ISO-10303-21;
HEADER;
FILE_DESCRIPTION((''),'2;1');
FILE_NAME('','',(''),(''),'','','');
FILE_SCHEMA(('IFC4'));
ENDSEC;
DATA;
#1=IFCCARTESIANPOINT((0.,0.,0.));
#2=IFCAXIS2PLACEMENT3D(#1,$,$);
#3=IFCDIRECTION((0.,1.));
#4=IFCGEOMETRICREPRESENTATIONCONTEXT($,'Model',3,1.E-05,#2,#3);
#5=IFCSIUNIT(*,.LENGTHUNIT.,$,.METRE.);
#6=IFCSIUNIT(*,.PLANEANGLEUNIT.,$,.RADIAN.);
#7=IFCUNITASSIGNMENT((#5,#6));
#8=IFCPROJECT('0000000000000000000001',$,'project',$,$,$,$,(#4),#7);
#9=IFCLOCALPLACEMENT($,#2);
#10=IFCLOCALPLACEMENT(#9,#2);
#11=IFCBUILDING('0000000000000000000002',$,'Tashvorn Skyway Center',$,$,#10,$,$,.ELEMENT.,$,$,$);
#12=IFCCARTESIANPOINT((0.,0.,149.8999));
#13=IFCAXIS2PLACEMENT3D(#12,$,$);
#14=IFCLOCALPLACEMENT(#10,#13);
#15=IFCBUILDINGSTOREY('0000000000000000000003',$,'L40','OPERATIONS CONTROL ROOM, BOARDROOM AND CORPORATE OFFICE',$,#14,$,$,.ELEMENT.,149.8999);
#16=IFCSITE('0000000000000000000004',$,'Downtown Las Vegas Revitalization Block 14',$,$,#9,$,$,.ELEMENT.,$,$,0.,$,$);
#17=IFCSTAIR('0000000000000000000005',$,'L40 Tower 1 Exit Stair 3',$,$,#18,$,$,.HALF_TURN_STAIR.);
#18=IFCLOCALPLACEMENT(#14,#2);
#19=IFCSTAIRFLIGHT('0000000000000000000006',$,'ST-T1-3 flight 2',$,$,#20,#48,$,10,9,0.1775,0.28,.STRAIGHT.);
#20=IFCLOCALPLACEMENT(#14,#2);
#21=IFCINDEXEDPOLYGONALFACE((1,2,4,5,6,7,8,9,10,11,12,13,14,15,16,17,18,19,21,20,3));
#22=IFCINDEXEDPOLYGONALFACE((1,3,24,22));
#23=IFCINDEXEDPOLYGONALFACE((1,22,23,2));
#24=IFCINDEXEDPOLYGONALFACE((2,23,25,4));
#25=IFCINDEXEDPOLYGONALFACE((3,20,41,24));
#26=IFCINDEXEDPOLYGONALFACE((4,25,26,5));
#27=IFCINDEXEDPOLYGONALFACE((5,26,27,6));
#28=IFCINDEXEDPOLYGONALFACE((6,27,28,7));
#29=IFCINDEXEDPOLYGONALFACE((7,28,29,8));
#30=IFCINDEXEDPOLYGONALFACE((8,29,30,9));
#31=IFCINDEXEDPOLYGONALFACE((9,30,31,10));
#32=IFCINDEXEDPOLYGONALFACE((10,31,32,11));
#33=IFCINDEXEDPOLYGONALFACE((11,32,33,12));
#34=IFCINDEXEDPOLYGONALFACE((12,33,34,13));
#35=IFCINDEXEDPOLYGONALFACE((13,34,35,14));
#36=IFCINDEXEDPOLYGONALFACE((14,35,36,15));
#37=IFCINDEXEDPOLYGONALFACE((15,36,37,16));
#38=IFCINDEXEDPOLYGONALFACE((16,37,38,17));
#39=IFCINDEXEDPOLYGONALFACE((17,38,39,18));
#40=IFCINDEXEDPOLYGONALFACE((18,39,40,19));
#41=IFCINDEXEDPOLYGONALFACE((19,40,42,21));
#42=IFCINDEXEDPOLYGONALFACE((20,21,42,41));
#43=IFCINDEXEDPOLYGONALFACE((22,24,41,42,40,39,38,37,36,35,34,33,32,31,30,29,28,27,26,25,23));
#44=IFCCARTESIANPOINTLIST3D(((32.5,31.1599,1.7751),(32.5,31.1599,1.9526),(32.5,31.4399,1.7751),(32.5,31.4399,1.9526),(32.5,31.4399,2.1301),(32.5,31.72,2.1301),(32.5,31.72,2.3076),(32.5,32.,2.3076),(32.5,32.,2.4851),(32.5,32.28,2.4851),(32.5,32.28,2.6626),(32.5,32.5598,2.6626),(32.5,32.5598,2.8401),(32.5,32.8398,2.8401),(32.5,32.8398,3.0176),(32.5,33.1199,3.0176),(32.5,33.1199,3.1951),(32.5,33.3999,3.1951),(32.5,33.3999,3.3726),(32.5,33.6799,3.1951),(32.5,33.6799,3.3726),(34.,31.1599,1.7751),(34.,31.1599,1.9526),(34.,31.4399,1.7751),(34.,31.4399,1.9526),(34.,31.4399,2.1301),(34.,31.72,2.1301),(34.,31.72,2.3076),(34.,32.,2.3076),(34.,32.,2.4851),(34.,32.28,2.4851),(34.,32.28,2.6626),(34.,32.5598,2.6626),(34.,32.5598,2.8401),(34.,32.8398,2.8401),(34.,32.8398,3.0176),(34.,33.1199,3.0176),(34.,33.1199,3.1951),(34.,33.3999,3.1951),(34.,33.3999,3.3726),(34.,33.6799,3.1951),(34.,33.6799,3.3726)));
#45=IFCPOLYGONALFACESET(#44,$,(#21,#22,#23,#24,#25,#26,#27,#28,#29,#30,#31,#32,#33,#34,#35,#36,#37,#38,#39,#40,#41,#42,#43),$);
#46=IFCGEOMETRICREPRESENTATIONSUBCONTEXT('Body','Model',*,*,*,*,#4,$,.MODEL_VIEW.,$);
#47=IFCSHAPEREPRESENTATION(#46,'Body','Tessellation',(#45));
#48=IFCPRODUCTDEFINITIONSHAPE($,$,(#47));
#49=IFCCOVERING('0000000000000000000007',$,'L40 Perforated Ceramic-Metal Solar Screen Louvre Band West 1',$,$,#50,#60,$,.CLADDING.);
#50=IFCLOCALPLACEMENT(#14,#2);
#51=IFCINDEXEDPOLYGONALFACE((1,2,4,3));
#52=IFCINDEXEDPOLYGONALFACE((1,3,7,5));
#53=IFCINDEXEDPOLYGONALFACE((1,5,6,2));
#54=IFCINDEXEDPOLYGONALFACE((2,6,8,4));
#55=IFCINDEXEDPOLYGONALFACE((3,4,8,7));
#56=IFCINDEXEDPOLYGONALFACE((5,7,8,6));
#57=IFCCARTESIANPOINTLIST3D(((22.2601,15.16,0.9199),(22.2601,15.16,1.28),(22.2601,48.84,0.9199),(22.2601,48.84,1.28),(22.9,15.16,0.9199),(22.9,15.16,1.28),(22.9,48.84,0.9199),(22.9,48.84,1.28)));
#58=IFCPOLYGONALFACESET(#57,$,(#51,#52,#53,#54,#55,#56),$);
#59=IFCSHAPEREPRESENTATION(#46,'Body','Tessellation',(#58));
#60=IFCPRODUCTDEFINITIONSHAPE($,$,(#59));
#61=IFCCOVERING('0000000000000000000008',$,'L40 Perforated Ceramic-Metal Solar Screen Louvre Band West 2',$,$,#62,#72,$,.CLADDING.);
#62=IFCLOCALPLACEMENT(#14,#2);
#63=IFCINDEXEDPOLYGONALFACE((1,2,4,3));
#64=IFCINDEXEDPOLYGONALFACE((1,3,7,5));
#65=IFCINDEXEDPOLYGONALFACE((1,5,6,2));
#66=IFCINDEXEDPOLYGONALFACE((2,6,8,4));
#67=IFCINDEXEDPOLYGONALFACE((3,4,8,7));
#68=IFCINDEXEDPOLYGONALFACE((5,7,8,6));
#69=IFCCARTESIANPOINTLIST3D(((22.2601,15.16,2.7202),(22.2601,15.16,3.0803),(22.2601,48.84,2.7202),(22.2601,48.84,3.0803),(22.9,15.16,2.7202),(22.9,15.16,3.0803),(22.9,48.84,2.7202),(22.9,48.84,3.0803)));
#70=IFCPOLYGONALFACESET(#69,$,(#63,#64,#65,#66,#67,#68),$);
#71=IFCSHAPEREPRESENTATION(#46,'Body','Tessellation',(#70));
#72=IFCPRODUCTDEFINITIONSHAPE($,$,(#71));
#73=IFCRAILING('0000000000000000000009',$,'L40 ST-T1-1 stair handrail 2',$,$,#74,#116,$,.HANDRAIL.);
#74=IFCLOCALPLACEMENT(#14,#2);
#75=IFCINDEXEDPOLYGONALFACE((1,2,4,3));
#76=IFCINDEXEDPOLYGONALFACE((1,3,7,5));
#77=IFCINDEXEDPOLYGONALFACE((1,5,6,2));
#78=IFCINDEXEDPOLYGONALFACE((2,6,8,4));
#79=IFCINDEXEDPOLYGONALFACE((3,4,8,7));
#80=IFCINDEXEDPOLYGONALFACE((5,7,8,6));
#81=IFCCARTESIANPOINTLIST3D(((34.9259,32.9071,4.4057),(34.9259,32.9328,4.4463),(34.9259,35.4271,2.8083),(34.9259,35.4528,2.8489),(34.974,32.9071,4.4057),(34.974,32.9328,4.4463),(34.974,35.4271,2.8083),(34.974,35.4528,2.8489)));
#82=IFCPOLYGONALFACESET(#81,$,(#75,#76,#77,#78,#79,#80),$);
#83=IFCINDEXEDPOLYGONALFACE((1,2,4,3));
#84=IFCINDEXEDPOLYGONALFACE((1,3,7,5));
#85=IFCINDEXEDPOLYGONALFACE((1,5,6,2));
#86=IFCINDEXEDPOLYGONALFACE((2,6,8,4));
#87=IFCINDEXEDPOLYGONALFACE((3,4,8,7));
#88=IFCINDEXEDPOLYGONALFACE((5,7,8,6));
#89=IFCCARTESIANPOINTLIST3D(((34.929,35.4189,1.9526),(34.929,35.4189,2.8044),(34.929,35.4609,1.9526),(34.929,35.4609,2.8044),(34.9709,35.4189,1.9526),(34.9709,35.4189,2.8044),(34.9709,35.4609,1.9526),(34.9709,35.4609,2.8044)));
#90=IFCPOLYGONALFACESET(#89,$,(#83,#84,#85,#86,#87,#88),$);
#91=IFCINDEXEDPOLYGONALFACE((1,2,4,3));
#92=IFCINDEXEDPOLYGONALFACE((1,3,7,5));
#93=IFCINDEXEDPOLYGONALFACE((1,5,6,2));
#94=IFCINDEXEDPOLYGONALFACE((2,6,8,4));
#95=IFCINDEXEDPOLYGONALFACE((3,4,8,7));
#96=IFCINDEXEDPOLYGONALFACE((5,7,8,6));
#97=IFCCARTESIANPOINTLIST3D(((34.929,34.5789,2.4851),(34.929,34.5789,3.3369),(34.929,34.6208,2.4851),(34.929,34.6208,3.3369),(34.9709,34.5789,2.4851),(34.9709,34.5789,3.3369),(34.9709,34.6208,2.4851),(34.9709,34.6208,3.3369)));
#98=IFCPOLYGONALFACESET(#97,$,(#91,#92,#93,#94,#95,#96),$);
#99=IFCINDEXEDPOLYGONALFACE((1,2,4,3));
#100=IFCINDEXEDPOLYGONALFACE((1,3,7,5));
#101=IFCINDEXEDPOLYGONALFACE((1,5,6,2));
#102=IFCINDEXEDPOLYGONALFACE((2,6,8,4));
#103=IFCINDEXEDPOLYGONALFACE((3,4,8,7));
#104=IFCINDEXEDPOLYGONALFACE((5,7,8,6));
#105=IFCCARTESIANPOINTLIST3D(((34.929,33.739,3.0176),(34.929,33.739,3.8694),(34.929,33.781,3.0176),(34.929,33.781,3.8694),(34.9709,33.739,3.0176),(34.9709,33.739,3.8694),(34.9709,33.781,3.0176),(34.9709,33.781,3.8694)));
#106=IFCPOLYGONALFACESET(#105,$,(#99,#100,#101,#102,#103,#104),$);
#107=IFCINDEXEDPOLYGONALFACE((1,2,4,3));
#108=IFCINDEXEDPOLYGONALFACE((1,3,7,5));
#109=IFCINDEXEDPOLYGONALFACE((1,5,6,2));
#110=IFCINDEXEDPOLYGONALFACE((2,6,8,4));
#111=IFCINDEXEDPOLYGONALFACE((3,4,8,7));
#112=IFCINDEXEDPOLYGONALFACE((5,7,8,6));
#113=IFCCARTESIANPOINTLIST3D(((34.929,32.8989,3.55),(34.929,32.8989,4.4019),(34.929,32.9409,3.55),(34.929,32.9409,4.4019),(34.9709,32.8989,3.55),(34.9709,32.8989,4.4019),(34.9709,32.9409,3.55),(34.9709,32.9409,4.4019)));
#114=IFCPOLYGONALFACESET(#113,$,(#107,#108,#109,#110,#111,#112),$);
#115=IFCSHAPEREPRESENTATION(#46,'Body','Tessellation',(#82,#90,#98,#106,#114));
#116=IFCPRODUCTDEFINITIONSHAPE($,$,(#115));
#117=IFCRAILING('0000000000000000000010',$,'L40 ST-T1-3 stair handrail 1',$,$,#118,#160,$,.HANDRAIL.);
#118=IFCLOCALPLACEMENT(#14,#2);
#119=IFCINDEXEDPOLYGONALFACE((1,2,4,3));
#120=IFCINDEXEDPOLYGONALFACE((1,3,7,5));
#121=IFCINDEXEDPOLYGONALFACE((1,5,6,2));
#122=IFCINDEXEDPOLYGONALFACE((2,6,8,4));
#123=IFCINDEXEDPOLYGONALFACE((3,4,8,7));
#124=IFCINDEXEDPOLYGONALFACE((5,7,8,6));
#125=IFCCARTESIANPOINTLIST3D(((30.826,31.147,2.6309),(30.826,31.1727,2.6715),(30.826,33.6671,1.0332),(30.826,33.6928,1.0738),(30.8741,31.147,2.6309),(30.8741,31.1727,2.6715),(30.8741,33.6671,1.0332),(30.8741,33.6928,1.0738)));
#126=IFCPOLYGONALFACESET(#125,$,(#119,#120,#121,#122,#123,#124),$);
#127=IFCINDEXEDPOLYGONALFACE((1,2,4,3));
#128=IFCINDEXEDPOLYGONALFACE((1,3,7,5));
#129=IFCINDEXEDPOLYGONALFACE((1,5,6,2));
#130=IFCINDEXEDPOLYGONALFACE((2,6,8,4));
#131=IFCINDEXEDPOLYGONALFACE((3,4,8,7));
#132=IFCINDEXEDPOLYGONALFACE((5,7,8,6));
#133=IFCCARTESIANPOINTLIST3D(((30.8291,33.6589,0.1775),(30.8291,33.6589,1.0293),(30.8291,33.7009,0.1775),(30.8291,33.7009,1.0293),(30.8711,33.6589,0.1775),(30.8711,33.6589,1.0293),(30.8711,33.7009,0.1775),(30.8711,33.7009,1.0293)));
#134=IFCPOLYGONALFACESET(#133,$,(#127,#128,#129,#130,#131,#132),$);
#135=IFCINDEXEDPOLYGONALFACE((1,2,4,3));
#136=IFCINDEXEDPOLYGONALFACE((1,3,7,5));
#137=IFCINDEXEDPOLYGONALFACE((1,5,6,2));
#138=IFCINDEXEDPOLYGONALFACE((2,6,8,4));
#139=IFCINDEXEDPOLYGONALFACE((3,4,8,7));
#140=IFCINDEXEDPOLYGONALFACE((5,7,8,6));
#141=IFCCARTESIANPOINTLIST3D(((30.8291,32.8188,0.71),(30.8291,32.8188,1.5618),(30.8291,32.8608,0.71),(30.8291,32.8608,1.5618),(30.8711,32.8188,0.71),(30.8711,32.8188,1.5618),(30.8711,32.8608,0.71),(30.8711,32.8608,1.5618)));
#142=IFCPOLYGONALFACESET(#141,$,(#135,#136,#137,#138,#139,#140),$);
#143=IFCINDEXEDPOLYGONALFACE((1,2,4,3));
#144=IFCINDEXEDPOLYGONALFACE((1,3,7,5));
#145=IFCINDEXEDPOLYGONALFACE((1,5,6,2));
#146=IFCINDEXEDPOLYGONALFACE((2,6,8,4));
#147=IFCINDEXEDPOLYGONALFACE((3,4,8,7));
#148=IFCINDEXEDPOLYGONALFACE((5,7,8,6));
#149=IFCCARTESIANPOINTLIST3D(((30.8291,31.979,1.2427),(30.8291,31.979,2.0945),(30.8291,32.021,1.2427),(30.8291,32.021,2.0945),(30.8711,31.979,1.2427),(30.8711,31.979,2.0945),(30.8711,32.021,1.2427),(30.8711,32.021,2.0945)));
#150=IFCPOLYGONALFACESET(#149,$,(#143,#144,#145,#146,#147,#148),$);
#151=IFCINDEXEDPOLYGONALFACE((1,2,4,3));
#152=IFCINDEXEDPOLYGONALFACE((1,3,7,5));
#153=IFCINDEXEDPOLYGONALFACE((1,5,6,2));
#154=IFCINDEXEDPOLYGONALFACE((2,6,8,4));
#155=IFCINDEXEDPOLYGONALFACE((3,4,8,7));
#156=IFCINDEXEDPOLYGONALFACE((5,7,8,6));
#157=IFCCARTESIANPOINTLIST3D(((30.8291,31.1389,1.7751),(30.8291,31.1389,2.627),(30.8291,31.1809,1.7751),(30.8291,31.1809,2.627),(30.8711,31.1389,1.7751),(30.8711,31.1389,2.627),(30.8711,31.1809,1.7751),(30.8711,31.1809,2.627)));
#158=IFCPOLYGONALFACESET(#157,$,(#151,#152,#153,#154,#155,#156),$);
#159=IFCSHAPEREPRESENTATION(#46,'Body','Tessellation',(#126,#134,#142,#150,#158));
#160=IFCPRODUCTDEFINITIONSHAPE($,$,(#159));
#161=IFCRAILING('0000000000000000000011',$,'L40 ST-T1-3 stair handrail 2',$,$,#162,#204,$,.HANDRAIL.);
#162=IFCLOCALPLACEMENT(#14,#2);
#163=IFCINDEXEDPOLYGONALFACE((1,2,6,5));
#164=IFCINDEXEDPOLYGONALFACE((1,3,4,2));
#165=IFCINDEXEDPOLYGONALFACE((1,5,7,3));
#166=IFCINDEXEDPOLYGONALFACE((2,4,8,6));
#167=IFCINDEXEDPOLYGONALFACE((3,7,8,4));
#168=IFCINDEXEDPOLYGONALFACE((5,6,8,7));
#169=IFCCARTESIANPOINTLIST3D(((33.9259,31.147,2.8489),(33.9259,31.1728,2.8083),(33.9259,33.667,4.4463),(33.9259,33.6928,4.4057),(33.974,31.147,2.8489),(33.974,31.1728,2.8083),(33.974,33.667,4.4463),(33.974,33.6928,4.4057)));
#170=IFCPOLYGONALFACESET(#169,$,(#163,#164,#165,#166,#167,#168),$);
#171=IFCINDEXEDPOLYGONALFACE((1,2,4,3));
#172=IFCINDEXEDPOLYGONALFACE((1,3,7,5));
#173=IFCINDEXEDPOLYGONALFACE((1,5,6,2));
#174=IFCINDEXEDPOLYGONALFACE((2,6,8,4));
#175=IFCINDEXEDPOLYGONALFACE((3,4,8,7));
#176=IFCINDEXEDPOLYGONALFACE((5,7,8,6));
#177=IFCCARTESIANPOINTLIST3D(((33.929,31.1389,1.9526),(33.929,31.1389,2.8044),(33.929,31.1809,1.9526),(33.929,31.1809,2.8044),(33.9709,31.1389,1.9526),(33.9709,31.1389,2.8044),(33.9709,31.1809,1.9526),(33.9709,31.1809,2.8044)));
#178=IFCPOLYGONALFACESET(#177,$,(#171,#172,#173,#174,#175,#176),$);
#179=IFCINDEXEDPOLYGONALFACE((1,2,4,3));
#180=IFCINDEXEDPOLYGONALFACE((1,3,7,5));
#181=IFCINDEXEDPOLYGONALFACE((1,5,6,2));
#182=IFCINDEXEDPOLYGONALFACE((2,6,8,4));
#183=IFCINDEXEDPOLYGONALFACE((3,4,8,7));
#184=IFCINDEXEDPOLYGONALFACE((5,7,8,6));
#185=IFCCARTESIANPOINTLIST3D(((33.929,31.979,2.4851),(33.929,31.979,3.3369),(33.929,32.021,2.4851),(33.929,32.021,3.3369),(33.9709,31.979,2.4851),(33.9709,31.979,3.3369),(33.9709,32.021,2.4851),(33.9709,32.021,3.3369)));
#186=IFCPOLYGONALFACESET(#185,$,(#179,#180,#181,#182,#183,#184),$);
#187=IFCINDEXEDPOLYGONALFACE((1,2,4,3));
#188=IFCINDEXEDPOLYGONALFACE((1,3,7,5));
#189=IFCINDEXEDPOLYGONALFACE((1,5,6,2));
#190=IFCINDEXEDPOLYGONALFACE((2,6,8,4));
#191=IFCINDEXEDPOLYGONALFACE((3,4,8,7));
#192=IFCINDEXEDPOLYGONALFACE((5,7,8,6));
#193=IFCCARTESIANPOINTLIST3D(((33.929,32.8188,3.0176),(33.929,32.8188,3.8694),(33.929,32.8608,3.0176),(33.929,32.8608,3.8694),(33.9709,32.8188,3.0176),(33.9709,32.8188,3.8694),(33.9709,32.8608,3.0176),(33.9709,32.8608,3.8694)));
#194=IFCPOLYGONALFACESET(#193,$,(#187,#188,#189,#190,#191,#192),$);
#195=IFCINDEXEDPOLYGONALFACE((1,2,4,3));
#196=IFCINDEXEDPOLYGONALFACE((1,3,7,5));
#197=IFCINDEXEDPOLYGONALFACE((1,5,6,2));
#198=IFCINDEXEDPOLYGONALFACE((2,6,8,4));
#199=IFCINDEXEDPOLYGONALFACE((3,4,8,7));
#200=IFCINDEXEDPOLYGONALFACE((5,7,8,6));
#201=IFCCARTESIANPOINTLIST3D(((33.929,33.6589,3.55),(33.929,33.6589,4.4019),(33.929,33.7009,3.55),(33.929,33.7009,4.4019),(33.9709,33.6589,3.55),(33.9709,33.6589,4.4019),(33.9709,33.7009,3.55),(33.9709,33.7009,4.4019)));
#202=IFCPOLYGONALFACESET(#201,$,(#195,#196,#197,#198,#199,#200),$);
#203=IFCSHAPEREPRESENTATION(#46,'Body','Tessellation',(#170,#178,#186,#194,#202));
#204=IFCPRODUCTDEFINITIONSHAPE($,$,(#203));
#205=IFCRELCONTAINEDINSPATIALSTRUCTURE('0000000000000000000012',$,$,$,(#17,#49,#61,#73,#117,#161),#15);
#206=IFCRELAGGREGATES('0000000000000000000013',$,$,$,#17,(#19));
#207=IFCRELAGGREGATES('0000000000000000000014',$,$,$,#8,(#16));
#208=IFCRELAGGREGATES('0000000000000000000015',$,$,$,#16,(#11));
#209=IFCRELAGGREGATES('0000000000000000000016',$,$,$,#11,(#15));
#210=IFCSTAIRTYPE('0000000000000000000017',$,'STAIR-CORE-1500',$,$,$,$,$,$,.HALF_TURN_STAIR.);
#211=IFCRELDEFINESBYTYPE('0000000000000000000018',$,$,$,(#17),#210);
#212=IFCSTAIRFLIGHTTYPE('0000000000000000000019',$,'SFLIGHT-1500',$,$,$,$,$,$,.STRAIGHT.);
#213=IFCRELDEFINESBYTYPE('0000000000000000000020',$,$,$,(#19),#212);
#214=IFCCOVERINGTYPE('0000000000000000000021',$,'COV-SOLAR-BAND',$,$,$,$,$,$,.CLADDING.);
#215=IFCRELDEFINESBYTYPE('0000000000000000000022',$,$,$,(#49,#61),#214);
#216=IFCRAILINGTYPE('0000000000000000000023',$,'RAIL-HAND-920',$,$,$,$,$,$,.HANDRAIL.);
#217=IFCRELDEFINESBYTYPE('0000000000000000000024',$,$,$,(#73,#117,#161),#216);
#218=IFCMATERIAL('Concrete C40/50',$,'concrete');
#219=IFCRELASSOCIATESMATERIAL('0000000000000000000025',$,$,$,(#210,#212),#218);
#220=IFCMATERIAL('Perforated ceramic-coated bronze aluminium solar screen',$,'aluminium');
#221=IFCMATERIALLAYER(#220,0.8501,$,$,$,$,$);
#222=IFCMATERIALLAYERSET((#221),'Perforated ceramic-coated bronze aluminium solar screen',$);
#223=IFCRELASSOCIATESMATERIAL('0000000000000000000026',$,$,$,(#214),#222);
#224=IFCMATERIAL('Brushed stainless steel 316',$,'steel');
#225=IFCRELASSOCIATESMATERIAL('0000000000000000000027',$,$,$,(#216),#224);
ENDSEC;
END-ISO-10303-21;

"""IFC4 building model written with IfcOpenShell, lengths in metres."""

from ifc_helpers import new_model, si_unit, direction, frame, origin, origin_2d, place, context, subcontext, project, spatial, polyline, rectangle, outline, extrude, material, layer, layer_set, type_object, element, aggregate, save


model = new_model("IFC4")

# Units and contexts
model_context = context("Model", 3, precision=1e-05, world=origin(), true_north=direction((0.0, 1.0)))
body_context = subcontext(model_context, "Body", "Model", "MODEL_VIEW")
ifc_project = project(units=[si_unit("LENGTHUNIT", "METRE"), si_unit("PLANEANGLEUNIT", "RADIAN")], contexts=[model_context])

# Site, building, storey
site_placement = place(None, origin())
site = spatial("IfcSite", under=ifc_project, at=site_placement, Name="Downtown Las Vegas Revitalization Block 14", CompositionType="ELEMENT", RefElevation=0.0)
building_placement = place(site_placement, origin())
building = spatial("IfcBuilding", under=site, at=building_placement, Name="Tashvorn Skyway Center", CompositionType="ELEMENT")
storey_placement = place(building_placement, frame((0.0, 0.0, 149.8999)))
storey = spatial("IfcBuildingStorey", under=building, at=storey_placement, Name="L40", Description="OPERATIONS CONTROL ROOM, BOARDROOM AND CORPORATE OFFICE", CompositionType="ELEMENT", Elevation=149.8999)

# Shared definitions
ifc_material_1 = material(Name="Concrete C40/50", Category="concrete")

# Shared definitions
stair_type = type_object("IfcStairType", Name="STAIR-CORE-1500", PredefinedType="HALF_TURN_STAIR", material=ifc_material_1)
stair_flight_type = type_object("IfcStairFlightType", Name="SFLIGHT-1500", PredefinedType="STRAIGHT", material=ifc_material_1)

# Stair, stair flight
stair_1_placement = place(storey_placement, origin())
stair_1 = element("IfcStair", 1, at=stair_1_placement, inside=storey, type_object=stair_type, Name="L40 Tower 1 Exit Stair 3", PredefinedType="HALF_TURN_STAIR")
stair_flight_1_placement = place(storey_placement, frame((33.25, 31.1599, 1.7751), z_axis=(0.0, 0.0, 1.0), x_axis=(0.0, 1.0, 0.0)))
stair_flight_1 = element("IfcStairFlight", 2, at=stair_flight_1_placement, type_object=stair_flight_type, Name="ST-T1-3 flight 2", NumberOfRisers=10, NumberOfTreads=9, PredefinedType="STRAIGHT", RiserHeight=0.1775, TreadLength=0.28, context=body_context, shape_type="SweptSolid", body=[
    extrude(outline(polyline([(0.0, 0.0), (0.0, 0.1775), (0.28, 0.1775), (0.28, 0.355), (0.5601, 0.355), (0.5601, 0.5325), (0.8401, 0.5325), (0.8401, 0.71), (1.1201, 0.71), (1.1201, 0.8875), (1.3999, 0.8875), (1.3999, 1.0649), (1.6799, 1.0649), (1.6799, 1.2424), (1.96, 1.2424), (1.96, 1.4199), (2.24, 1.4199), (2.24, 1.5974), (2.52, 1.5974), (2.52, 1.7749), (2.52, 1.4199), (0.28, 0.0), (0.0, 0.0)])), frame((0.0, 0.75, 0.0), z_axis=(0.0, -1.0, 0.0), x_axis=(1.0, 0.0, 0.0)), (0.0, 0.0, 1.0), 1.5),
])
aggregate(stair_1, [stair_flight_1])

# Coverings
ifc_material_2 = material(Name="Perforated ceramic-coated bronze aluminium solar screen", Category="aluminium")
ifc_layer_1 = layer(ifc_material_2, 0.8501)
ifc_layer_set_1 = layer_set([ifc_layer_1], Name="Perforated ceramic-coated bronze aluminium solar screen")
covering_type = type_object("IfcCoveringType", Name="COV-SOLAR-BAND", PredefinedType="CLADDING", material=ifc_layer_set_1)
for number, where, z_axis, x_axis, name in (
    (3, (22.5801, 32.0, 0.9199), (0.0, 0.0, 1.0), (0.0, 1.0, 0.0), "L40 Perforated Ceramic-Metal Solar Screen Louvre Band West 1"),
    (4, (22.5801, 32.0, 2.7202), (0.0, 0.0, 1.0), (0.0, 1.0, 0.0), "L40 Perforated Ceramic-Metal Solar Screen Louvre Band West 2"),
):
    element("IfcCovering", number, at=place(storey_placement, frame(where, z_axis=z_axis, x_axis=x_axis)), inside=storey, type_object=covering_type, Name=name, PredefinedType="CLADDING", context=body_context, shape_type="SweptSolid", body=[
        extrude(rectangle(XDim=33.6799, YDim=0.6399, at=origin_2d()), origin(), (0.0, 0.0, 1.0), 0.3601),
    ])

# Railings
ifc_material_3 = material(Name="Brushed stainless steel 316", Category="steel")
railing_type_1 = type_object("IfcRailingType", Name="RAIL-HAND-920", PredefinedType="HANDRAIL", material=ifc_material_3)
railing_1_placement = place(storey_placement, frame((34.95, 35.4399, 1.9526)))
element("IfcRailing", 5, at=railing_1_placement, inside=storey, type_object=railing_type_1, Name="L40 ST-T1-1 stair handrail 2", PredefinedType="HANDRAIL", context=body_context, shape_type="SweptSolid", body=[
    extrude(rectangle(XDim=0.0481, YDim=0.0481, at=origin_2d()), frame((0.0, 0.0, 0.876), z_axis=(0.0, -0.844607, 0.535387), x_axis=(1.0, 0.0, 0.0)), (0.0, 0.0, 1.0), 2.9836),
    extrude(rectangle(XDim=0.042, YDim=0.042, at=origin_2d()), origin(), (0.0, 0.0, 1.0), 0.8518),
    extrude(rectangle(XDim=0.042, YDim=0.042, at=origin_2d()), frame((0.0, -0.8401, 0.5325)), (0.0, 0.0, 1.0), 0.8518),
    extrude(rectangle(XDim=0.042, YDim=0.042, at=origin_2d()), frame((0.0, -1.6799, 1.0649)), (0.0, 0.0, 1.0), 0.8518),
    extrude(rectangle(XDim=0.042, YDim=0.042, at=origin_2d()), frame((0.0, -2.52, 1.5974)), (0.0, 0.0, 1.0), 0.8518),
])
railing_2_placement = place(storey_placement, frame((30.8501, 33.6799, 0.1775)))
element("IfcRailing", 6, at=railing_2_placement, inside=storey, type_object=railing_type_1, Name="L40 ST-T1-3 stair handrail 1", PredefinedType="HANDRAIL", context=body_context, shape_type="SweptSolid", body=[
    extrude(rectangle(XDim=0.0481, YDim=0.0481, at=origin_2d()), frame((0.0, 0.0, 0.876), z_axis=(0.0, -0.84457, 0.535445), x_axis=(1.0, 0.0, 0.0)), (0.0, 0.0, 1.0), 2.9839),
    extrude(rectangle(XDim=0.042, YDim=0.042, at=origin_2d()), origin(), (0.0, 0.0, 1.0), 0.8518),
    extrude(rectangle(XDim=0.042, YDim=0.042, at=origin_2d()), frame((0.0, -0.8401, 0.5325)), (0.0, 0.0, 1.0), 0.8518),
    extrude(rectangle(XDim=0.042, YDim=0.042, at=origin_2d()), frame((0.0, -1.6799, 1.0652)), (0.0, 0.0, 1.0), 0.8518),
    extrude(rectangle(XDim=0.042, YDim=0.042, at=origin_2d()), frame((0.0, -2.52, 1.5977)), (0.0, 0.0, 1.0), 0.8518),
])
railing_3_placement = place(storey_placement, frame((33.95, 31.1599, 1.9526)))
element("IfcRailing", 7, at=railing_3_placement, inside=storey, type_object=railing_type_1, Name="L40 ST-T1-3 stair handrail 2", PredefinedType="HANDRAIL", context=body_context, shape_type="SweptSolid", body=[
    extrude(rectangle(XDim=0.0481, YDim=0.0481, at=origin_2d()), frame((0.0, 0.0, 0.876), z_axis=(0.0, 0.844607, 0.535387), x_axis=(-1.0, 0.0, 0.0)), (0.0, 0.0, 1.0), 2.9836),
    extrude(rectangle(XDim=0.042, YDim=0.042, at=origin_2d()), origin(), (0.0, 0.0, 1.0), 0.8518),
    extrude(rectangle(XDim=0.042, YDim=0.042, at=origin_2d()), frame((0.0, 0.8401, 0.5325)), (0.0, 0.0, 1.0), 0.8518),
    extrude(rectangle(XDim=0.042, YDim=0.042, at=origin_2d()), frame((0.0, 1.6799, 1.0649)), (0.0, 0.0, 1.0), 0.8518),
    extrude(rectangle(XDim=0.042, YDim=0.042, at=origin_2d()), frame((0.0, 2.52, 1.5974)), (0.0, 0.0, 1.0), 0.8518),
])

save(model, "model.ifc")
